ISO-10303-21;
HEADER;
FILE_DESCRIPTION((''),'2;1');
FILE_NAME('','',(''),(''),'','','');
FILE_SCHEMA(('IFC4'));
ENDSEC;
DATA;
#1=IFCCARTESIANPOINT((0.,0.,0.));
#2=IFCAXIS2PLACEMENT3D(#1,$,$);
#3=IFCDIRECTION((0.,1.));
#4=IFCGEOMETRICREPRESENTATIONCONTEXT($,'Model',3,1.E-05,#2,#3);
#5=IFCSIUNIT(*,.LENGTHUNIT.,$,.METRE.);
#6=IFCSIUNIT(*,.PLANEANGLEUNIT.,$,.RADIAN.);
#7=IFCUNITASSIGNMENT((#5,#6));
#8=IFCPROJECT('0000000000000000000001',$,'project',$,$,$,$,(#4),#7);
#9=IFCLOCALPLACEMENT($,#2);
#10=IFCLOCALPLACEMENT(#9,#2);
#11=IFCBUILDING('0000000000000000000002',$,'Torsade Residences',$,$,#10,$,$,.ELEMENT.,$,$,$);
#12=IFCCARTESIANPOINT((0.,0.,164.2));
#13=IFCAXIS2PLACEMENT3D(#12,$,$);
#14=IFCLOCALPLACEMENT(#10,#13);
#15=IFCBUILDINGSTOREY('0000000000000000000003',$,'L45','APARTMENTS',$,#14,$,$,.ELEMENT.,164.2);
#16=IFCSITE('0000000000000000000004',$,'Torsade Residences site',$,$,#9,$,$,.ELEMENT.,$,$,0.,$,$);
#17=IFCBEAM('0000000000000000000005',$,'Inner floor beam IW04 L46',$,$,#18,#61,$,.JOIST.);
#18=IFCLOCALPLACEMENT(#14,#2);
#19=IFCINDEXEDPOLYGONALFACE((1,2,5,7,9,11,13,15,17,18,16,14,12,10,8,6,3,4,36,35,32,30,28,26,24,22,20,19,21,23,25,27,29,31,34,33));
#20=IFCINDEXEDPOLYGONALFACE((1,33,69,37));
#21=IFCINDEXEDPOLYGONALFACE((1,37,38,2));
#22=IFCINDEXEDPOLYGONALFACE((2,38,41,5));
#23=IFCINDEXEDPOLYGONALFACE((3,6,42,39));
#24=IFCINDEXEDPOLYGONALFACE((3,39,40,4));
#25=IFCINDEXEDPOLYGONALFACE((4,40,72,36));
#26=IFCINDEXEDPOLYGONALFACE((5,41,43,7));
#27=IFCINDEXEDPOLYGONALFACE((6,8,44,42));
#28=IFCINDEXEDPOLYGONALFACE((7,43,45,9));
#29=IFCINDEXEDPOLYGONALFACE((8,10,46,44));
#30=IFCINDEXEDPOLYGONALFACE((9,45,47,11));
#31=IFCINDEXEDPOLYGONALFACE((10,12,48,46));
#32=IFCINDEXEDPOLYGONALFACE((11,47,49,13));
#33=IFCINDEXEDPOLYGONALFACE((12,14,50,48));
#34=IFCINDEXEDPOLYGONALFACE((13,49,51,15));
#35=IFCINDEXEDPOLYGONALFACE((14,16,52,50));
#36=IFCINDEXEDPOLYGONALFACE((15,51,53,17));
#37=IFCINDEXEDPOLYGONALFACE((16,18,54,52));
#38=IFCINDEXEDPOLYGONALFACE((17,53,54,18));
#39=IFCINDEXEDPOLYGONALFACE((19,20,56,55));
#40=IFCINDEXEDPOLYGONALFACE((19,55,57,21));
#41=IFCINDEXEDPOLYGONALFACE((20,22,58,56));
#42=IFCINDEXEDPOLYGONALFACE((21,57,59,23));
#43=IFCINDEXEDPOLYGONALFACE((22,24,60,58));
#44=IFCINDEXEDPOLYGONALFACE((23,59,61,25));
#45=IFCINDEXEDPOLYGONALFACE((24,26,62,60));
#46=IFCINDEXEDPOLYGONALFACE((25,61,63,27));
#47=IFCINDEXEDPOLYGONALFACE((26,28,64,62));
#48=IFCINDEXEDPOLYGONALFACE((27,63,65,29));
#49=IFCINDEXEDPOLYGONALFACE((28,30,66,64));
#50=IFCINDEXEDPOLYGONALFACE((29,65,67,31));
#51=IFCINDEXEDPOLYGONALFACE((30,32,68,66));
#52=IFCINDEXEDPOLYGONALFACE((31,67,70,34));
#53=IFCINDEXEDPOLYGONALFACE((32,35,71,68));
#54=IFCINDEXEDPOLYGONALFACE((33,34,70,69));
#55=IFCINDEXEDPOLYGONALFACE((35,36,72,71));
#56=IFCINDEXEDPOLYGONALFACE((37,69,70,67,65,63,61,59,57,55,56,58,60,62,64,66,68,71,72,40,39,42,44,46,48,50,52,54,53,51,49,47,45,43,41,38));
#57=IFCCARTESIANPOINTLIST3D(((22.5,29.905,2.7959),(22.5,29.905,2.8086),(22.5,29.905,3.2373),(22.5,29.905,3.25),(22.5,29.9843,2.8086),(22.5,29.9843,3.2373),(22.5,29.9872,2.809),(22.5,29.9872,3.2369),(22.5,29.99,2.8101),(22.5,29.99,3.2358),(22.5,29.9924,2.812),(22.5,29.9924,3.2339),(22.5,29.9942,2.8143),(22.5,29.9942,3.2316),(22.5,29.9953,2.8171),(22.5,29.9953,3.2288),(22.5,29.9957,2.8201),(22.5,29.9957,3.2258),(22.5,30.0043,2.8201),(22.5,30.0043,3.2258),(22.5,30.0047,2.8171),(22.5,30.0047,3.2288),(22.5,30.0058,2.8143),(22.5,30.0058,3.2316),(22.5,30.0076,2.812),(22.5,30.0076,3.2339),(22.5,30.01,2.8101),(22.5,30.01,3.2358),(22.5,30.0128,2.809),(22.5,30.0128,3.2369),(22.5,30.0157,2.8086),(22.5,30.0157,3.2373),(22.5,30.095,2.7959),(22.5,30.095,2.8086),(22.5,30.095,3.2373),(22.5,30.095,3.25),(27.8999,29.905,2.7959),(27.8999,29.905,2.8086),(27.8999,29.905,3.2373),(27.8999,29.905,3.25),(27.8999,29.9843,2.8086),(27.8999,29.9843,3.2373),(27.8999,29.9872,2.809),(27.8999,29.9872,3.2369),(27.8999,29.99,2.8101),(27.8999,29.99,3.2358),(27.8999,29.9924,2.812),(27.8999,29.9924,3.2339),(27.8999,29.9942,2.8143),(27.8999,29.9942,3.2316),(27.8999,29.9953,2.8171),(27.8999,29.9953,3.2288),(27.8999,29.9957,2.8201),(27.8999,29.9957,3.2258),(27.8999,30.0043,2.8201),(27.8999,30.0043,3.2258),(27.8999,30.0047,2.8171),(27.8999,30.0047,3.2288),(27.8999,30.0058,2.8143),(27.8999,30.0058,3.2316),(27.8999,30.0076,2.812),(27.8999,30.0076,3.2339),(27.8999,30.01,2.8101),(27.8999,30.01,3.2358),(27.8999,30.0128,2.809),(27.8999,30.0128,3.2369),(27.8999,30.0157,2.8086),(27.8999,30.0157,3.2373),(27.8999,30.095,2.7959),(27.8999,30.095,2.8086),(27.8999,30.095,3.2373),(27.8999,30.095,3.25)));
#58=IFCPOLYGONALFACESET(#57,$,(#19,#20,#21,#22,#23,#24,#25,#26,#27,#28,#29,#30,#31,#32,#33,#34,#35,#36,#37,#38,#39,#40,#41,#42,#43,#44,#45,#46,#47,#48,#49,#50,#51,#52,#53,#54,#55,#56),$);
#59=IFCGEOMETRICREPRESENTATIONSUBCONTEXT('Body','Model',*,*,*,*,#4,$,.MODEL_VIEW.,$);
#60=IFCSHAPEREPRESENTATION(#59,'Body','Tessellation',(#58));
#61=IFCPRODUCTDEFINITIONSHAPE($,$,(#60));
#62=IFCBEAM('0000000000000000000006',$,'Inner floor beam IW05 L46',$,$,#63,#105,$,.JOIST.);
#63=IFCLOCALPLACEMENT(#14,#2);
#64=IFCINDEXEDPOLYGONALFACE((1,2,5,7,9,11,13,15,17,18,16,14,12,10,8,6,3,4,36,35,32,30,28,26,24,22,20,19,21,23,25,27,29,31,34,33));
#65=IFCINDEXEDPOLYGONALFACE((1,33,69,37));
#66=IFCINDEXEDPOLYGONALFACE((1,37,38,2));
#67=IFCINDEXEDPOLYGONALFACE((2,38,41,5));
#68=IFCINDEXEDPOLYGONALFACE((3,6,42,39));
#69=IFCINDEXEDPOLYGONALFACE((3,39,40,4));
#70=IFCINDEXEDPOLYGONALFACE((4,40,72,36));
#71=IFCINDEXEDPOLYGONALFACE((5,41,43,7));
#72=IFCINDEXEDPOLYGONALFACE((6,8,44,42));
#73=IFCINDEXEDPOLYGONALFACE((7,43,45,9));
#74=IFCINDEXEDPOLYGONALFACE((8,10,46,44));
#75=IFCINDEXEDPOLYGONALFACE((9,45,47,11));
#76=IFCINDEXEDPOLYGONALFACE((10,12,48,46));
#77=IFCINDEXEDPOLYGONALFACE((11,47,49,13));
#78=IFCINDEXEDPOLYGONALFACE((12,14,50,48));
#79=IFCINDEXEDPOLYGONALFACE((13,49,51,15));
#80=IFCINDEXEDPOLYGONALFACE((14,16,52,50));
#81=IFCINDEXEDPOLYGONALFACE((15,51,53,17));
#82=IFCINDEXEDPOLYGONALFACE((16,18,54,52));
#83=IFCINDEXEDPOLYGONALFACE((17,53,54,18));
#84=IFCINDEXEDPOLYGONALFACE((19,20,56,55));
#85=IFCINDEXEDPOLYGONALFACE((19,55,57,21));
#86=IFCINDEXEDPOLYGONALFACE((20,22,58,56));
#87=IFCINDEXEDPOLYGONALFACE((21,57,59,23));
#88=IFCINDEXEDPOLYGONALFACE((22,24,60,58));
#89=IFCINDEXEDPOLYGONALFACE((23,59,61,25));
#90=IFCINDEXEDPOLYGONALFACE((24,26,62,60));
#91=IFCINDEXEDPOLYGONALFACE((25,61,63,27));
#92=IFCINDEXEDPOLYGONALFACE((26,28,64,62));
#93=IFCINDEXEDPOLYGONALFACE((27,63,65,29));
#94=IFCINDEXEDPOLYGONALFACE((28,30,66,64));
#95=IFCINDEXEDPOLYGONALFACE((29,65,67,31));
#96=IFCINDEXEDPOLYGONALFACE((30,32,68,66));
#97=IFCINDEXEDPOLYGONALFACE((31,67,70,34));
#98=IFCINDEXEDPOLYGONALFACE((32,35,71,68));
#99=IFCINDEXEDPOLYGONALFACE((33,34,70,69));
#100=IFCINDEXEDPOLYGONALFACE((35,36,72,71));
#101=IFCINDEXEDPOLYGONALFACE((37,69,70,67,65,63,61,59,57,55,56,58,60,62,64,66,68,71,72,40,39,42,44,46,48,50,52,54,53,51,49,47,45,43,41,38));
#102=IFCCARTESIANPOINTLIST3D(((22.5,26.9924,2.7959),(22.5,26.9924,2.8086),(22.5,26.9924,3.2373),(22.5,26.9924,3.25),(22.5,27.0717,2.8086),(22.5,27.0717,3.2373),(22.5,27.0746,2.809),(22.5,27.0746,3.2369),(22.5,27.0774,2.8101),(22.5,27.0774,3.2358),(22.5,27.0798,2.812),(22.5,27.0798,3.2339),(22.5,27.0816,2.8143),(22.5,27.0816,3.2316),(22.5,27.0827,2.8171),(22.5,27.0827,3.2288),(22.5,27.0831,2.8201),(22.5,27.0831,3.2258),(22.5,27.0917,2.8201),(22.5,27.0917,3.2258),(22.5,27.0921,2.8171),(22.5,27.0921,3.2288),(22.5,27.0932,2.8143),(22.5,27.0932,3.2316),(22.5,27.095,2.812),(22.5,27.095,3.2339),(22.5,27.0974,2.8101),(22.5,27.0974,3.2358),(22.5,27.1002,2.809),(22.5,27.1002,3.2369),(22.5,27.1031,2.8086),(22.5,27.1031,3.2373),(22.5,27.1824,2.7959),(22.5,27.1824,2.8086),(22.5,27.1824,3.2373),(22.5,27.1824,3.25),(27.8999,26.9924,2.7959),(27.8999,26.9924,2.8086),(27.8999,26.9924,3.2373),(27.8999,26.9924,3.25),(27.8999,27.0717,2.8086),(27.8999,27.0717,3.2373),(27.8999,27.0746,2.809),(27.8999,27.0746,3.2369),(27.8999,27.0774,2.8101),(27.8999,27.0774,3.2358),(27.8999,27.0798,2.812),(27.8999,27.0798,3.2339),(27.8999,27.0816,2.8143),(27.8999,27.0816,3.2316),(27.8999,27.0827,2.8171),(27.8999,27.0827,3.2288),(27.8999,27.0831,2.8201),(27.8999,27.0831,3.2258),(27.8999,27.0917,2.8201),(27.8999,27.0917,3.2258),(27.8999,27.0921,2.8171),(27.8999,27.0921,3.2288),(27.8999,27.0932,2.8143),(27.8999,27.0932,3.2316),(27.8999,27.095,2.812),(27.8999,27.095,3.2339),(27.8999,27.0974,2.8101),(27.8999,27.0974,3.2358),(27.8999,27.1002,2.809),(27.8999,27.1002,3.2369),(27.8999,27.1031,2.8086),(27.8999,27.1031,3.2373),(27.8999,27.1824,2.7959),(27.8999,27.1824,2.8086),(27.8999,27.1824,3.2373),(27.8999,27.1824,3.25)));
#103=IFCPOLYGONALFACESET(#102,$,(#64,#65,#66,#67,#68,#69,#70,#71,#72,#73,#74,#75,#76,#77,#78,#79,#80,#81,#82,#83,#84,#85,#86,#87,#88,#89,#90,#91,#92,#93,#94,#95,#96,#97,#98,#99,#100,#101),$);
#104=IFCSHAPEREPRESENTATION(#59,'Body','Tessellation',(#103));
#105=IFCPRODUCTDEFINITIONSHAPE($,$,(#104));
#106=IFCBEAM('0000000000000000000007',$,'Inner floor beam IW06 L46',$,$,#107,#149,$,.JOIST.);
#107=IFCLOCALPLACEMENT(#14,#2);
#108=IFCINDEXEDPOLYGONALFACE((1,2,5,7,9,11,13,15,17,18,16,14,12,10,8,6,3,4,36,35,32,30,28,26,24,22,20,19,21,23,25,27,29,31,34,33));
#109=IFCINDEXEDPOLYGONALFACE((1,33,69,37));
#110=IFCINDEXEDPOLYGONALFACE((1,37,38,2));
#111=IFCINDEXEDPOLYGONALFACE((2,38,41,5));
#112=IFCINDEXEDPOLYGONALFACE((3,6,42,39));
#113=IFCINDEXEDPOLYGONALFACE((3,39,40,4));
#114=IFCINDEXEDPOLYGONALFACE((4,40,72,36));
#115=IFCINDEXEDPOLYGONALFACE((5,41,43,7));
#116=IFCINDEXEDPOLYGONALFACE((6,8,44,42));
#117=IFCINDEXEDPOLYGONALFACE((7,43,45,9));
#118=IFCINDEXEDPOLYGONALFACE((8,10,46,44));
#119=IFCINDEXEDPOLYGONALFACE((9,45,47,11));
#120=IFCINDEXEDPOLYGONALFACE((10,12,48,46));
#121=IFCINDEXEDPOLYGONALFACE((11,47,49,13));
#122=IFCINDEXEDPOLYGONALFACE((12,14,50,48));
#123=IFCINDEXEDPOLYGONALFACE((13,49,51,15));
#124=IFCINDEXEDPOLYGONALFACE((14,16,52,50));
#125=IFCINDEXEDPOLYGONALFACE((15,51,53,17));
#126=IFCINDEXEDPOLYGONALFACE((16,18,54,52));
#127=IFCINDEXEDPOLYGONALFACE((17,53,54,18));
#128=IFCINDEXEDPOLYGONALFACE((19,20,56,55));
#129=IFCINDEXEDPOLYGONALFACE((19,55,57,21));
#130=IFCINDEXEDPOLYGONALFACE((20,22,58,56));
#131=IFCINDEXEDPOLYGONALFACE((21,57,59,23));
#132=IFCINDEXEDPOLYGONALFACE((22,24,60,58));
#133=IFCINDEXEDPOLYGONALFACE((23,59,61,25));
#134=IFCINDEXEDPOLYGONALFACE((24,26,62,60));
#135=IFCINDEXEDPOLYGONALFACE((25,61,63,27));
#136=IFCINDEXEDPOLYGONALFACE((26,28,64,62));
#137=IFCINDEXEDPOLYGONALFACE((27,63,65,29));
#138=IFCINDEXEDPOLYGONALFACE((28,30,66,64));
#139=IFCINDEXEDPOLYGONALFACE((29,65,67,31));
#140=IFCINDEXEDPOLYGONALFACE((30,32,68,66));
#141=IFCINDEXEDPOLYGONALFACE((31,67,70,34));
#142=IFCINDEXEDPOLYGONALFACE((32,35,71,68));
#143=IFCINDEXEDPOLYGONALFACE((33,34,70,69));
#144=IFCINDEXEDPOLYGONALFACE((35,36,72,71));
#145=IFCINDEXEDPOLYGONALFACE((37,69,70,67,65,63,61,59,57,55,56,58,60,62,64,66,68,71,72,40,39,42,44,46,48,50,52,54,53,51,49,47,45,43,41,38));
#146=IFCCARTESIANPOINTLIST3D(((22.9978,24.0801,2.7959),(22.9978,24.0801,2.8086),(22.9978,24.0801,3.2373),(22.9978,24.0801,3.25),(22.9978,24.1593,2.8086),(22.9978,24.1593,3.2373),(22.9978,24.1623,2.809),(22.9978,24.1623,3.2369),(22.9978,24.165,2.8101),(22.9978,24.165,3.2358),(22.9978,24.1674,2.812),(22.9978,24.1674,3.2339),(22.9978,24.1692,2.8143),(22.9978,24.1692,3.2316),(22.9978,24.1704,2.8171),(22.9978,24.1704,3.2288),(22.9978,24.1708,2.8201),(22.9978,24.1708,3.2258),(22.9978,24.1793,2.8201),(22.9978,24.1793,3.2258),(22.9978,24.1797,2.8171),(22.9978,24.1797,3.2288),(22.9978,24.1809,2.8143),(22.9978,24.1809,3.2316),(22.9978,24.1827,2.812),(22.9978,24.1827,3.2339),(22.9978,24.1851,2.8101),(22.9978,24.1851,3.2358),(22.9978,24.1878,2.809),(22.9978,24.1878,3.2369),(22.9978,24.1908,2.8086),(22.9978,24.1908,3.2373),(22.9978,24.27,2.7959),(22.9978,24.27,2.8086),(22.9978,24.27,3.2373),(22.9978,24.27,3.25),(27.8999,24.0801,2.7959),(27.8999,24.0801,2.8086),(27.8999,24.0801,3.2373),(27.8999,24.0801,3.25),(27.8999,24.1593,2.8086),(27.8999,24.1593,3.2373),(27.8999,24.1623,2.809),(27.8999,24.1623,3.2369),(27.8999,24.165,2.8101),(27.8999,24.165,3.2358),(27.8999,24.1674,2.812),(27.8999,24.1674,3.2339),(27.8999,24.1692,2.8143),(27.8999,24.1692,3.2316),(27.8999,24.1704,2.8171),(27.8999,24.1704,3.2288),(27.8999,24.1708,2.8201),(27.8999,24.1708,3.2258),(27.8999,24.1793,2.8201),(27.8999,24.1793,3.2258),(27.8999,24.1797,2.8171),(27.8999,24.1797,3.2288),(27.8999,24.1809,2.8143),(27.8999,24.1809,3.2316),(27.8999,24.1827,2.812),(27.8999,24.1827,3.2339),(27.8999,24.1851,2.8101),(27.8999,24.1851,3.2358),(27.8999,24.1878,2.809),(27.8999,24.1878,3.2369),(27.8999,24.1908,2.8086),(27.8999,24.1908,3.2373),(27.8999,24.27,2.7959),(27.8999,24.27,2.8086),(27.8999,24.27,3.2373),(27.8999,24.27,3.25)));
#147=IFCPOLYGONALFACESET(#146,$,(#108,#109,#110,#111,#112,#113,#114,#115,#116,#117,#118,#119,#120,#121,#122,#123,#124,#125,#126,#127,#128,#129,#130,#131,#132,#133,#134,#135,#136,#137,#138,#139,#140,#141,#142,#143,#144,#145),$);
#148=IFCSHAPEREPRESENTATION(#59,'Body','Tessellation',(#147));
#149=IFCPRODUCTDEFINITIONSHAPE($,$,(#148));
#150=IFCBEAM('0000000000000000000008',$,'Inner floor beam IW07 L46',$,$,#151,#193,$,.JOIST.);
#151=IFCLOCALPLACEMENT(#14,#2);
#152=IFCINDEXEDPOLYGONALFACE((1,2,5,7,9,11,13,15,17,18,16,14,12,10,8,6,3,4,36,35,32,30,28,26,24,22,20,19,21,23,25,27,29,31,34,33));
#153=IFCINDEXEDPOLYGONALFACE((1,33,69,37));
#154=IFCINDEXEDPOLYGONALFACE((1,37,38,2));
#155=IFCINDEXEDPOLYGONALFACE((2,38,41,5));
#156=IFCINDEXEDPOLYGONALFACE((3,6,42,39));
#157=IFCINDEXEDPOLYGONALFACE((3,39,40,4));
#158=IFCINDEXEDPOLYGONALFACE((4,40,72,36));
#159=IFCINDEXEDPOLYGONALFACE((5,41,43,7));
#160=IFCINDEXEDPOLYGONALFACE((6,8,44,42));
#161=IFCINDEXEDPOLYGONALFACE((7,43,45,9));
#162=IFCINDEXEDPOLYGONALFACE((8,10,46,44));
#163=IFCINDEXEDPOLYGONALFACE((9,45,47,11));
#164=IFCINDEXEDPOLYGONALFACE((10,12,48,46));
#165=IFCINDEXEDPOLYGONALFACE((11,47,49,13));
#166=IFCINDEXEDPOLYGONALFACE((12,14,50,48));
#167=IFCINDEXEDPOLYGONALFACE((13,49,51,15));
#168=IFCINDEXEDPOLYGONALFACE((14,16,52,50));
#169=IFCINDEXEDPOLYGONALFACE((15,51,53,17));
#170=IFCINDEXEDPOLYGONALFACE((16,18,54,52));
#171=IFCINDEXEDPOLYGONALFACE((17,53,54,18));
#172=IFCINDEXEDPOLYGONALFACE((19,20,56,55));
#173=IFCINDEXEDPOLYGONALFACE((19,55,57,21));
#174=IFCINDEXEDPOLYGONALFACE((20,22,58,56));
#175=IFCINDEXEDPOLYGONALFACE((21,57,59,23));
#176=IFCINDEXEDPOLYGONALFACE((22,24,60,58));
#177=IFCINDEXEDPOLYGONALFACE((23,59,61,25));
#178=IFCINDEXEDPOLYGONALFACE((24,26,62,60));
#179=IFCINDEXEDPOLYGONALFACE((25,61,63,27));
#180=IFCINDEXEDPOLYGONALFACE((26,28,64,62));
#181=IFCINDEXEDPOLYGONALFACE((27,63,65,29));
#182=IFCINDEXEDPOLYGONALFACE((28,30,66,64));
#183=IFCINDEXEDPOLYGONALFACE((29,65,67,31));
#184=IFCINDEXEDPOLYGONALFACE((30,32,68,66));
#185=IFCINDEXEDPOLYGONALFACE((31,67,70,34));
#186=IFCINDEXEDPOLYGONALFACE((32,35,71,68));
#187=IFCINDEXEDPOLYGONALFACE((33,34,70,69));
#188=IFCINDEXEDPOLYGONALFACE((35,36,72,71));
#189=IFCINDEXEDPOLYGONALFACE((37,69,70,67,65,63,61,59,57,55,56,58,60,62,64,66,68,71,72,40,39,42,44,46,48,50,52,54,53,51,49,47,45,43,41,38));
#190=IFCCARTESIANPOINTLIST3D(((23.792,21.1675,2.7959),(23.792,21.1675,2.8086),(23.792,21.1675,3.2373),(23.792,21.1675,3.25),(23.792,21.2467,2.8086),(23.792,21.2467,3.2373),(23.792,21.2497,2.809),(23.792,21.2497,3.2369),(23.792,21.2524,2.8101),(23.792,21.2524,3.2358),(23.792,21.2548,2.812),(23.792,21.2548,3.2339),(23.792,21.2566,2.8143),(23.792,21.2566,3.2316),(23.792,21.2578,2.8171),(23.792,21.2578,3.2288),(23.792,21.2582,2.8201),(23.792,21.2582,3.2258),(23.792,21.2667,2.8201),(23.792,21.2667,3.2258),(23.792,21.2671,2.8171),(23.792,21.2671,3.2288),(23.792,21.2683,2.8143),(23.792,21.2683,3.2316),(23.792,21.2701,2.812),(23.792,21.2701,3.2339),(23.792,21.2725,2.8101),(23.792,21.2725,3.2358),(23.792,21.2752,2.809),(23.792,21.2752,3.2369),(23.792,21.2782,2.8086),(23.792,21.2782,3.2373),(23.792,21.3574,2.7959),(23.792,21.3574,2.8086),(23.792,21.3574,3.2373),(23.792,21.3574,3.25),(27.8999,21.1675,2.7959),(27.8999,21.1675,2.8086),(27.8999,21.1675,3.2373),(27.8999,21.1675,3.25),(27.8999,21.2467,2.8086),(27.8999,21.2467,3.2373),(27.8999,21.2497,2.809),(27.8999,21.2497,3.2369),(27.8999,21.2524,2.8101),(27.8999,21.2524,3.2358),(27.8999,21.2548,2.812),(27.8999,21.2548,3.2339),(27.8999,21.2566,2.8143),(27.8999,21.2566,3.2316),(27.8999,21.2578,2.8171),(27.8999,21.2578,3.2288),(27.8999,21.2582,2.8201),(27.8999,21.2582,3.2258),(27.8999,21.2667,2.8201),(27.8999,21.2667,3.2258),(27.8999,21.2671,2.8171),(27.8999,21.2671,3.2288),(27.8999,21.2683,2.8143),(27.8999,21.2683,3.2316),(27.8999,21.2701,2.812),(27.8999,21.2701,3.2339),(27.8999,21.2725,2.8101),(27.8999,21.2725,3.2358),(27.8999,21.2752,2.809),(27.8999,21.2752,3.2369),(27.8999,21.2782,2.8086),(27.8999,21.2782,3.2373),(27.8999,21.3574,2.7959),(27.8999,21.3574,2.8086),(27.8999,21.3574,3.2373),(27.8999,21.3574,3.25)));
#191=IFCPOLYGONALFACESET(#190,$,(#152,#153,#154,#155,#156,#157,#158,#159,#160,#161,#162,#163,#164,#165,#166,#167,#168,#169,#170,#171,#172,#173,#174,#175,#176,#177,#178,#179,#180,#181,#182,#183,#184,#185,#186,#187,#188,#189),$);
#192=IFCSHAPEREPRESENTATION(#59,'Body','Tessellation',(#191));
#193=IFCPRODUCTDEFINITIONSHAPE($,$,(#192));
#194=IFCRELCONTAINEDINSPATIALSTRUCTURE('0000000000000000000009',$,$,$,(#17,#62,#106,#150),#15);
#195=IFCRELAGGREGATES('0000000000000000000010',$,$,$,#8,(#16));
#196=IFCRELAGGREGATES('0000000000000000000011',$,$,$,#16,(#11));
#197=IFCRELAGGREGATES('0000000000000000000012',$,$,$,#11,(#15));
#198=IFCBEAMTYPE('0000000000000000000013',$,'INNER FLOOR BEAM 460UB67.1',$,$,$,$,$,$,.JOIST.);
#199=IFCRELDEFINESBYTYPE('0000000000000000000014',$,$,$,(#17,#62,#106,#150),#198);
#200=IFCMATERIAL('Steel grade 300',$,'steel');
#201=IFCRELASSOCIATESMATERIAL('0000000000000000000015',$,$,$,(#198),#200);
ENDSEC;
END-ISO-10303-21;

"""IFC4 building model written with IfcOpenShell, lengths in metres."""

from ifc_helpers import new_model, si_unit, direction, frame, origin, origin_2d, place, context, subcontext, project, spatial, i_section, extrude, material, material_profile, profile_set, type_object, element, save


model = new_model("IFC4")

# Units and contexts
model_context = context("Model", 3, precision=1e-05, world=origin(), true_north=direction((0.0, 1.0)))
body_context = subcontext(model_context, "Body", "Model", "MODEL_VIEW")
ifc_project = project(units=[si_unit("LENGTHUNIT", "METRE"), si_unit("PLANEANGLEUNIT", "RADIAN")], contexts=[model_context])

# Site, building, storey
site_placement = place(None, origin())
site = spatial("IfcSite", under=ifc_project, at=site_placement, Name="Torsade Residences site", CompositionType="ELEMENT", RefElevation=0.0)
building_placement = place(site_placement, origin())
building = spatial("IfcBuilding", under=site, at=building_placement, Name="Torsade Residences", CompositionType="ELEMENT")
storey_placement = place(building_placement, frame((0.0, 0.0, 164.2)))
storey = spatial("IfcBuildingStorey", under=building, at=storey_placement, Name="L45", Description="APARTMENTS", CompositionType="ELEMENT", Elevation=164.2)

# Beams
ifc_material_1 = material(Name="Steel grade 300", Category="steel")
ifc_material_profile_1 = material_profile(ifc_material_1, i_section(OverallWidth=0.1899, OverallDepth=0.4541, WebThickness=0.0085, FlangeThickness=0.0127, FilletRadius=0.0115, at=origin_2d()), Name="460UB67.1")
ifc_profile_set_1 = profile_set([ifc_material_profile_1], Name="Steel grade 300")
beam_type_1 = type_object("IfcBeamType", Name="INNER FLOOR BEAM 460UB67.1", PredefinedType="JOIST", material=ifc_profile_set_1)
for number, where, z_axis, x_axis, name in (
    (1, (27.8999, 30.0, 3.0229), (-1.0, 0.0, 0.0), (0.0, -1.0, 0.0), "Inner floor beam IW04 L46"),
    (2, (27.8999, 27.0874, 3.0229), (-1.0, 0.0, 0.0), (0.0, -1.0, 0.0), "Inner floor beam IW05 L46"),
):
    element("IfcBeam", number, at=place(storey_placement, frame(where, z_axis=z_axis, x_axis=x_axis)), inside=storey, type_object=beam_type_1, Name=name, PredefinedType="JOIST", context=body_context, shape_type="SweptSolid", body=[
        extrude(i_section(OverallWidth=0.1899, OverallDepth=0.4541, WebThickness=0.0085, FlangeThickness=0.0127, FilletRadius=0.0115, at=origin_2d()), origin(), (0.0, 0.0, 1.0), 5.3999),
    ])
beam_1_placement = place(storey_placement, frame((27.8999, 24.175, 3.0229), z_axis=(-1.0, 0.0, 0.0), x_axis=(0.0, -1.0, 0.0)))
element("IfcBeam", 3, at=beam_1_placement, inside=storey, type_object=beam_type_1, Name="Inner floor beam IW06 L46", PredefinedType="JOIST", context=body_context, shape_type="SweptSolid", body=[
    extrude(i_section(OverallWidth=0.1899, OverallDepth=0.4541, WebThickness=0.0085, FlangeThickness=0.0127, FilletRadius=0.0115, at=origin_2d()), origin(), (0.0, 0.0, 1.0), 4.9021),
])
beam_2_placement = place(storey_placement, frame((27.8999, 21.2625, 3.0229), z_axis=(-1.0, 0.0, 0.0), x_axis=(0.0, -1.0, 0.0)))
element("IfcBeam", 4, at=beam_2_placement, inside=storey, type_object=beam_type_1, Name="Inner floor beam IW07 L46", PredefinedType="JOIST", context=body_context, shape_type="SweptSolid", body=[
    extrude(i_section(OverallWidth=0.1899, OverallDepth=0.4541, WebThickness=0.0085, FlangeThickness=0.0127, FilletRadius=0.0115, at=origin_2d()), origin(), (0.0, 0.0, 1.0), 4.1079),
])

save(model, "model.ifc")
